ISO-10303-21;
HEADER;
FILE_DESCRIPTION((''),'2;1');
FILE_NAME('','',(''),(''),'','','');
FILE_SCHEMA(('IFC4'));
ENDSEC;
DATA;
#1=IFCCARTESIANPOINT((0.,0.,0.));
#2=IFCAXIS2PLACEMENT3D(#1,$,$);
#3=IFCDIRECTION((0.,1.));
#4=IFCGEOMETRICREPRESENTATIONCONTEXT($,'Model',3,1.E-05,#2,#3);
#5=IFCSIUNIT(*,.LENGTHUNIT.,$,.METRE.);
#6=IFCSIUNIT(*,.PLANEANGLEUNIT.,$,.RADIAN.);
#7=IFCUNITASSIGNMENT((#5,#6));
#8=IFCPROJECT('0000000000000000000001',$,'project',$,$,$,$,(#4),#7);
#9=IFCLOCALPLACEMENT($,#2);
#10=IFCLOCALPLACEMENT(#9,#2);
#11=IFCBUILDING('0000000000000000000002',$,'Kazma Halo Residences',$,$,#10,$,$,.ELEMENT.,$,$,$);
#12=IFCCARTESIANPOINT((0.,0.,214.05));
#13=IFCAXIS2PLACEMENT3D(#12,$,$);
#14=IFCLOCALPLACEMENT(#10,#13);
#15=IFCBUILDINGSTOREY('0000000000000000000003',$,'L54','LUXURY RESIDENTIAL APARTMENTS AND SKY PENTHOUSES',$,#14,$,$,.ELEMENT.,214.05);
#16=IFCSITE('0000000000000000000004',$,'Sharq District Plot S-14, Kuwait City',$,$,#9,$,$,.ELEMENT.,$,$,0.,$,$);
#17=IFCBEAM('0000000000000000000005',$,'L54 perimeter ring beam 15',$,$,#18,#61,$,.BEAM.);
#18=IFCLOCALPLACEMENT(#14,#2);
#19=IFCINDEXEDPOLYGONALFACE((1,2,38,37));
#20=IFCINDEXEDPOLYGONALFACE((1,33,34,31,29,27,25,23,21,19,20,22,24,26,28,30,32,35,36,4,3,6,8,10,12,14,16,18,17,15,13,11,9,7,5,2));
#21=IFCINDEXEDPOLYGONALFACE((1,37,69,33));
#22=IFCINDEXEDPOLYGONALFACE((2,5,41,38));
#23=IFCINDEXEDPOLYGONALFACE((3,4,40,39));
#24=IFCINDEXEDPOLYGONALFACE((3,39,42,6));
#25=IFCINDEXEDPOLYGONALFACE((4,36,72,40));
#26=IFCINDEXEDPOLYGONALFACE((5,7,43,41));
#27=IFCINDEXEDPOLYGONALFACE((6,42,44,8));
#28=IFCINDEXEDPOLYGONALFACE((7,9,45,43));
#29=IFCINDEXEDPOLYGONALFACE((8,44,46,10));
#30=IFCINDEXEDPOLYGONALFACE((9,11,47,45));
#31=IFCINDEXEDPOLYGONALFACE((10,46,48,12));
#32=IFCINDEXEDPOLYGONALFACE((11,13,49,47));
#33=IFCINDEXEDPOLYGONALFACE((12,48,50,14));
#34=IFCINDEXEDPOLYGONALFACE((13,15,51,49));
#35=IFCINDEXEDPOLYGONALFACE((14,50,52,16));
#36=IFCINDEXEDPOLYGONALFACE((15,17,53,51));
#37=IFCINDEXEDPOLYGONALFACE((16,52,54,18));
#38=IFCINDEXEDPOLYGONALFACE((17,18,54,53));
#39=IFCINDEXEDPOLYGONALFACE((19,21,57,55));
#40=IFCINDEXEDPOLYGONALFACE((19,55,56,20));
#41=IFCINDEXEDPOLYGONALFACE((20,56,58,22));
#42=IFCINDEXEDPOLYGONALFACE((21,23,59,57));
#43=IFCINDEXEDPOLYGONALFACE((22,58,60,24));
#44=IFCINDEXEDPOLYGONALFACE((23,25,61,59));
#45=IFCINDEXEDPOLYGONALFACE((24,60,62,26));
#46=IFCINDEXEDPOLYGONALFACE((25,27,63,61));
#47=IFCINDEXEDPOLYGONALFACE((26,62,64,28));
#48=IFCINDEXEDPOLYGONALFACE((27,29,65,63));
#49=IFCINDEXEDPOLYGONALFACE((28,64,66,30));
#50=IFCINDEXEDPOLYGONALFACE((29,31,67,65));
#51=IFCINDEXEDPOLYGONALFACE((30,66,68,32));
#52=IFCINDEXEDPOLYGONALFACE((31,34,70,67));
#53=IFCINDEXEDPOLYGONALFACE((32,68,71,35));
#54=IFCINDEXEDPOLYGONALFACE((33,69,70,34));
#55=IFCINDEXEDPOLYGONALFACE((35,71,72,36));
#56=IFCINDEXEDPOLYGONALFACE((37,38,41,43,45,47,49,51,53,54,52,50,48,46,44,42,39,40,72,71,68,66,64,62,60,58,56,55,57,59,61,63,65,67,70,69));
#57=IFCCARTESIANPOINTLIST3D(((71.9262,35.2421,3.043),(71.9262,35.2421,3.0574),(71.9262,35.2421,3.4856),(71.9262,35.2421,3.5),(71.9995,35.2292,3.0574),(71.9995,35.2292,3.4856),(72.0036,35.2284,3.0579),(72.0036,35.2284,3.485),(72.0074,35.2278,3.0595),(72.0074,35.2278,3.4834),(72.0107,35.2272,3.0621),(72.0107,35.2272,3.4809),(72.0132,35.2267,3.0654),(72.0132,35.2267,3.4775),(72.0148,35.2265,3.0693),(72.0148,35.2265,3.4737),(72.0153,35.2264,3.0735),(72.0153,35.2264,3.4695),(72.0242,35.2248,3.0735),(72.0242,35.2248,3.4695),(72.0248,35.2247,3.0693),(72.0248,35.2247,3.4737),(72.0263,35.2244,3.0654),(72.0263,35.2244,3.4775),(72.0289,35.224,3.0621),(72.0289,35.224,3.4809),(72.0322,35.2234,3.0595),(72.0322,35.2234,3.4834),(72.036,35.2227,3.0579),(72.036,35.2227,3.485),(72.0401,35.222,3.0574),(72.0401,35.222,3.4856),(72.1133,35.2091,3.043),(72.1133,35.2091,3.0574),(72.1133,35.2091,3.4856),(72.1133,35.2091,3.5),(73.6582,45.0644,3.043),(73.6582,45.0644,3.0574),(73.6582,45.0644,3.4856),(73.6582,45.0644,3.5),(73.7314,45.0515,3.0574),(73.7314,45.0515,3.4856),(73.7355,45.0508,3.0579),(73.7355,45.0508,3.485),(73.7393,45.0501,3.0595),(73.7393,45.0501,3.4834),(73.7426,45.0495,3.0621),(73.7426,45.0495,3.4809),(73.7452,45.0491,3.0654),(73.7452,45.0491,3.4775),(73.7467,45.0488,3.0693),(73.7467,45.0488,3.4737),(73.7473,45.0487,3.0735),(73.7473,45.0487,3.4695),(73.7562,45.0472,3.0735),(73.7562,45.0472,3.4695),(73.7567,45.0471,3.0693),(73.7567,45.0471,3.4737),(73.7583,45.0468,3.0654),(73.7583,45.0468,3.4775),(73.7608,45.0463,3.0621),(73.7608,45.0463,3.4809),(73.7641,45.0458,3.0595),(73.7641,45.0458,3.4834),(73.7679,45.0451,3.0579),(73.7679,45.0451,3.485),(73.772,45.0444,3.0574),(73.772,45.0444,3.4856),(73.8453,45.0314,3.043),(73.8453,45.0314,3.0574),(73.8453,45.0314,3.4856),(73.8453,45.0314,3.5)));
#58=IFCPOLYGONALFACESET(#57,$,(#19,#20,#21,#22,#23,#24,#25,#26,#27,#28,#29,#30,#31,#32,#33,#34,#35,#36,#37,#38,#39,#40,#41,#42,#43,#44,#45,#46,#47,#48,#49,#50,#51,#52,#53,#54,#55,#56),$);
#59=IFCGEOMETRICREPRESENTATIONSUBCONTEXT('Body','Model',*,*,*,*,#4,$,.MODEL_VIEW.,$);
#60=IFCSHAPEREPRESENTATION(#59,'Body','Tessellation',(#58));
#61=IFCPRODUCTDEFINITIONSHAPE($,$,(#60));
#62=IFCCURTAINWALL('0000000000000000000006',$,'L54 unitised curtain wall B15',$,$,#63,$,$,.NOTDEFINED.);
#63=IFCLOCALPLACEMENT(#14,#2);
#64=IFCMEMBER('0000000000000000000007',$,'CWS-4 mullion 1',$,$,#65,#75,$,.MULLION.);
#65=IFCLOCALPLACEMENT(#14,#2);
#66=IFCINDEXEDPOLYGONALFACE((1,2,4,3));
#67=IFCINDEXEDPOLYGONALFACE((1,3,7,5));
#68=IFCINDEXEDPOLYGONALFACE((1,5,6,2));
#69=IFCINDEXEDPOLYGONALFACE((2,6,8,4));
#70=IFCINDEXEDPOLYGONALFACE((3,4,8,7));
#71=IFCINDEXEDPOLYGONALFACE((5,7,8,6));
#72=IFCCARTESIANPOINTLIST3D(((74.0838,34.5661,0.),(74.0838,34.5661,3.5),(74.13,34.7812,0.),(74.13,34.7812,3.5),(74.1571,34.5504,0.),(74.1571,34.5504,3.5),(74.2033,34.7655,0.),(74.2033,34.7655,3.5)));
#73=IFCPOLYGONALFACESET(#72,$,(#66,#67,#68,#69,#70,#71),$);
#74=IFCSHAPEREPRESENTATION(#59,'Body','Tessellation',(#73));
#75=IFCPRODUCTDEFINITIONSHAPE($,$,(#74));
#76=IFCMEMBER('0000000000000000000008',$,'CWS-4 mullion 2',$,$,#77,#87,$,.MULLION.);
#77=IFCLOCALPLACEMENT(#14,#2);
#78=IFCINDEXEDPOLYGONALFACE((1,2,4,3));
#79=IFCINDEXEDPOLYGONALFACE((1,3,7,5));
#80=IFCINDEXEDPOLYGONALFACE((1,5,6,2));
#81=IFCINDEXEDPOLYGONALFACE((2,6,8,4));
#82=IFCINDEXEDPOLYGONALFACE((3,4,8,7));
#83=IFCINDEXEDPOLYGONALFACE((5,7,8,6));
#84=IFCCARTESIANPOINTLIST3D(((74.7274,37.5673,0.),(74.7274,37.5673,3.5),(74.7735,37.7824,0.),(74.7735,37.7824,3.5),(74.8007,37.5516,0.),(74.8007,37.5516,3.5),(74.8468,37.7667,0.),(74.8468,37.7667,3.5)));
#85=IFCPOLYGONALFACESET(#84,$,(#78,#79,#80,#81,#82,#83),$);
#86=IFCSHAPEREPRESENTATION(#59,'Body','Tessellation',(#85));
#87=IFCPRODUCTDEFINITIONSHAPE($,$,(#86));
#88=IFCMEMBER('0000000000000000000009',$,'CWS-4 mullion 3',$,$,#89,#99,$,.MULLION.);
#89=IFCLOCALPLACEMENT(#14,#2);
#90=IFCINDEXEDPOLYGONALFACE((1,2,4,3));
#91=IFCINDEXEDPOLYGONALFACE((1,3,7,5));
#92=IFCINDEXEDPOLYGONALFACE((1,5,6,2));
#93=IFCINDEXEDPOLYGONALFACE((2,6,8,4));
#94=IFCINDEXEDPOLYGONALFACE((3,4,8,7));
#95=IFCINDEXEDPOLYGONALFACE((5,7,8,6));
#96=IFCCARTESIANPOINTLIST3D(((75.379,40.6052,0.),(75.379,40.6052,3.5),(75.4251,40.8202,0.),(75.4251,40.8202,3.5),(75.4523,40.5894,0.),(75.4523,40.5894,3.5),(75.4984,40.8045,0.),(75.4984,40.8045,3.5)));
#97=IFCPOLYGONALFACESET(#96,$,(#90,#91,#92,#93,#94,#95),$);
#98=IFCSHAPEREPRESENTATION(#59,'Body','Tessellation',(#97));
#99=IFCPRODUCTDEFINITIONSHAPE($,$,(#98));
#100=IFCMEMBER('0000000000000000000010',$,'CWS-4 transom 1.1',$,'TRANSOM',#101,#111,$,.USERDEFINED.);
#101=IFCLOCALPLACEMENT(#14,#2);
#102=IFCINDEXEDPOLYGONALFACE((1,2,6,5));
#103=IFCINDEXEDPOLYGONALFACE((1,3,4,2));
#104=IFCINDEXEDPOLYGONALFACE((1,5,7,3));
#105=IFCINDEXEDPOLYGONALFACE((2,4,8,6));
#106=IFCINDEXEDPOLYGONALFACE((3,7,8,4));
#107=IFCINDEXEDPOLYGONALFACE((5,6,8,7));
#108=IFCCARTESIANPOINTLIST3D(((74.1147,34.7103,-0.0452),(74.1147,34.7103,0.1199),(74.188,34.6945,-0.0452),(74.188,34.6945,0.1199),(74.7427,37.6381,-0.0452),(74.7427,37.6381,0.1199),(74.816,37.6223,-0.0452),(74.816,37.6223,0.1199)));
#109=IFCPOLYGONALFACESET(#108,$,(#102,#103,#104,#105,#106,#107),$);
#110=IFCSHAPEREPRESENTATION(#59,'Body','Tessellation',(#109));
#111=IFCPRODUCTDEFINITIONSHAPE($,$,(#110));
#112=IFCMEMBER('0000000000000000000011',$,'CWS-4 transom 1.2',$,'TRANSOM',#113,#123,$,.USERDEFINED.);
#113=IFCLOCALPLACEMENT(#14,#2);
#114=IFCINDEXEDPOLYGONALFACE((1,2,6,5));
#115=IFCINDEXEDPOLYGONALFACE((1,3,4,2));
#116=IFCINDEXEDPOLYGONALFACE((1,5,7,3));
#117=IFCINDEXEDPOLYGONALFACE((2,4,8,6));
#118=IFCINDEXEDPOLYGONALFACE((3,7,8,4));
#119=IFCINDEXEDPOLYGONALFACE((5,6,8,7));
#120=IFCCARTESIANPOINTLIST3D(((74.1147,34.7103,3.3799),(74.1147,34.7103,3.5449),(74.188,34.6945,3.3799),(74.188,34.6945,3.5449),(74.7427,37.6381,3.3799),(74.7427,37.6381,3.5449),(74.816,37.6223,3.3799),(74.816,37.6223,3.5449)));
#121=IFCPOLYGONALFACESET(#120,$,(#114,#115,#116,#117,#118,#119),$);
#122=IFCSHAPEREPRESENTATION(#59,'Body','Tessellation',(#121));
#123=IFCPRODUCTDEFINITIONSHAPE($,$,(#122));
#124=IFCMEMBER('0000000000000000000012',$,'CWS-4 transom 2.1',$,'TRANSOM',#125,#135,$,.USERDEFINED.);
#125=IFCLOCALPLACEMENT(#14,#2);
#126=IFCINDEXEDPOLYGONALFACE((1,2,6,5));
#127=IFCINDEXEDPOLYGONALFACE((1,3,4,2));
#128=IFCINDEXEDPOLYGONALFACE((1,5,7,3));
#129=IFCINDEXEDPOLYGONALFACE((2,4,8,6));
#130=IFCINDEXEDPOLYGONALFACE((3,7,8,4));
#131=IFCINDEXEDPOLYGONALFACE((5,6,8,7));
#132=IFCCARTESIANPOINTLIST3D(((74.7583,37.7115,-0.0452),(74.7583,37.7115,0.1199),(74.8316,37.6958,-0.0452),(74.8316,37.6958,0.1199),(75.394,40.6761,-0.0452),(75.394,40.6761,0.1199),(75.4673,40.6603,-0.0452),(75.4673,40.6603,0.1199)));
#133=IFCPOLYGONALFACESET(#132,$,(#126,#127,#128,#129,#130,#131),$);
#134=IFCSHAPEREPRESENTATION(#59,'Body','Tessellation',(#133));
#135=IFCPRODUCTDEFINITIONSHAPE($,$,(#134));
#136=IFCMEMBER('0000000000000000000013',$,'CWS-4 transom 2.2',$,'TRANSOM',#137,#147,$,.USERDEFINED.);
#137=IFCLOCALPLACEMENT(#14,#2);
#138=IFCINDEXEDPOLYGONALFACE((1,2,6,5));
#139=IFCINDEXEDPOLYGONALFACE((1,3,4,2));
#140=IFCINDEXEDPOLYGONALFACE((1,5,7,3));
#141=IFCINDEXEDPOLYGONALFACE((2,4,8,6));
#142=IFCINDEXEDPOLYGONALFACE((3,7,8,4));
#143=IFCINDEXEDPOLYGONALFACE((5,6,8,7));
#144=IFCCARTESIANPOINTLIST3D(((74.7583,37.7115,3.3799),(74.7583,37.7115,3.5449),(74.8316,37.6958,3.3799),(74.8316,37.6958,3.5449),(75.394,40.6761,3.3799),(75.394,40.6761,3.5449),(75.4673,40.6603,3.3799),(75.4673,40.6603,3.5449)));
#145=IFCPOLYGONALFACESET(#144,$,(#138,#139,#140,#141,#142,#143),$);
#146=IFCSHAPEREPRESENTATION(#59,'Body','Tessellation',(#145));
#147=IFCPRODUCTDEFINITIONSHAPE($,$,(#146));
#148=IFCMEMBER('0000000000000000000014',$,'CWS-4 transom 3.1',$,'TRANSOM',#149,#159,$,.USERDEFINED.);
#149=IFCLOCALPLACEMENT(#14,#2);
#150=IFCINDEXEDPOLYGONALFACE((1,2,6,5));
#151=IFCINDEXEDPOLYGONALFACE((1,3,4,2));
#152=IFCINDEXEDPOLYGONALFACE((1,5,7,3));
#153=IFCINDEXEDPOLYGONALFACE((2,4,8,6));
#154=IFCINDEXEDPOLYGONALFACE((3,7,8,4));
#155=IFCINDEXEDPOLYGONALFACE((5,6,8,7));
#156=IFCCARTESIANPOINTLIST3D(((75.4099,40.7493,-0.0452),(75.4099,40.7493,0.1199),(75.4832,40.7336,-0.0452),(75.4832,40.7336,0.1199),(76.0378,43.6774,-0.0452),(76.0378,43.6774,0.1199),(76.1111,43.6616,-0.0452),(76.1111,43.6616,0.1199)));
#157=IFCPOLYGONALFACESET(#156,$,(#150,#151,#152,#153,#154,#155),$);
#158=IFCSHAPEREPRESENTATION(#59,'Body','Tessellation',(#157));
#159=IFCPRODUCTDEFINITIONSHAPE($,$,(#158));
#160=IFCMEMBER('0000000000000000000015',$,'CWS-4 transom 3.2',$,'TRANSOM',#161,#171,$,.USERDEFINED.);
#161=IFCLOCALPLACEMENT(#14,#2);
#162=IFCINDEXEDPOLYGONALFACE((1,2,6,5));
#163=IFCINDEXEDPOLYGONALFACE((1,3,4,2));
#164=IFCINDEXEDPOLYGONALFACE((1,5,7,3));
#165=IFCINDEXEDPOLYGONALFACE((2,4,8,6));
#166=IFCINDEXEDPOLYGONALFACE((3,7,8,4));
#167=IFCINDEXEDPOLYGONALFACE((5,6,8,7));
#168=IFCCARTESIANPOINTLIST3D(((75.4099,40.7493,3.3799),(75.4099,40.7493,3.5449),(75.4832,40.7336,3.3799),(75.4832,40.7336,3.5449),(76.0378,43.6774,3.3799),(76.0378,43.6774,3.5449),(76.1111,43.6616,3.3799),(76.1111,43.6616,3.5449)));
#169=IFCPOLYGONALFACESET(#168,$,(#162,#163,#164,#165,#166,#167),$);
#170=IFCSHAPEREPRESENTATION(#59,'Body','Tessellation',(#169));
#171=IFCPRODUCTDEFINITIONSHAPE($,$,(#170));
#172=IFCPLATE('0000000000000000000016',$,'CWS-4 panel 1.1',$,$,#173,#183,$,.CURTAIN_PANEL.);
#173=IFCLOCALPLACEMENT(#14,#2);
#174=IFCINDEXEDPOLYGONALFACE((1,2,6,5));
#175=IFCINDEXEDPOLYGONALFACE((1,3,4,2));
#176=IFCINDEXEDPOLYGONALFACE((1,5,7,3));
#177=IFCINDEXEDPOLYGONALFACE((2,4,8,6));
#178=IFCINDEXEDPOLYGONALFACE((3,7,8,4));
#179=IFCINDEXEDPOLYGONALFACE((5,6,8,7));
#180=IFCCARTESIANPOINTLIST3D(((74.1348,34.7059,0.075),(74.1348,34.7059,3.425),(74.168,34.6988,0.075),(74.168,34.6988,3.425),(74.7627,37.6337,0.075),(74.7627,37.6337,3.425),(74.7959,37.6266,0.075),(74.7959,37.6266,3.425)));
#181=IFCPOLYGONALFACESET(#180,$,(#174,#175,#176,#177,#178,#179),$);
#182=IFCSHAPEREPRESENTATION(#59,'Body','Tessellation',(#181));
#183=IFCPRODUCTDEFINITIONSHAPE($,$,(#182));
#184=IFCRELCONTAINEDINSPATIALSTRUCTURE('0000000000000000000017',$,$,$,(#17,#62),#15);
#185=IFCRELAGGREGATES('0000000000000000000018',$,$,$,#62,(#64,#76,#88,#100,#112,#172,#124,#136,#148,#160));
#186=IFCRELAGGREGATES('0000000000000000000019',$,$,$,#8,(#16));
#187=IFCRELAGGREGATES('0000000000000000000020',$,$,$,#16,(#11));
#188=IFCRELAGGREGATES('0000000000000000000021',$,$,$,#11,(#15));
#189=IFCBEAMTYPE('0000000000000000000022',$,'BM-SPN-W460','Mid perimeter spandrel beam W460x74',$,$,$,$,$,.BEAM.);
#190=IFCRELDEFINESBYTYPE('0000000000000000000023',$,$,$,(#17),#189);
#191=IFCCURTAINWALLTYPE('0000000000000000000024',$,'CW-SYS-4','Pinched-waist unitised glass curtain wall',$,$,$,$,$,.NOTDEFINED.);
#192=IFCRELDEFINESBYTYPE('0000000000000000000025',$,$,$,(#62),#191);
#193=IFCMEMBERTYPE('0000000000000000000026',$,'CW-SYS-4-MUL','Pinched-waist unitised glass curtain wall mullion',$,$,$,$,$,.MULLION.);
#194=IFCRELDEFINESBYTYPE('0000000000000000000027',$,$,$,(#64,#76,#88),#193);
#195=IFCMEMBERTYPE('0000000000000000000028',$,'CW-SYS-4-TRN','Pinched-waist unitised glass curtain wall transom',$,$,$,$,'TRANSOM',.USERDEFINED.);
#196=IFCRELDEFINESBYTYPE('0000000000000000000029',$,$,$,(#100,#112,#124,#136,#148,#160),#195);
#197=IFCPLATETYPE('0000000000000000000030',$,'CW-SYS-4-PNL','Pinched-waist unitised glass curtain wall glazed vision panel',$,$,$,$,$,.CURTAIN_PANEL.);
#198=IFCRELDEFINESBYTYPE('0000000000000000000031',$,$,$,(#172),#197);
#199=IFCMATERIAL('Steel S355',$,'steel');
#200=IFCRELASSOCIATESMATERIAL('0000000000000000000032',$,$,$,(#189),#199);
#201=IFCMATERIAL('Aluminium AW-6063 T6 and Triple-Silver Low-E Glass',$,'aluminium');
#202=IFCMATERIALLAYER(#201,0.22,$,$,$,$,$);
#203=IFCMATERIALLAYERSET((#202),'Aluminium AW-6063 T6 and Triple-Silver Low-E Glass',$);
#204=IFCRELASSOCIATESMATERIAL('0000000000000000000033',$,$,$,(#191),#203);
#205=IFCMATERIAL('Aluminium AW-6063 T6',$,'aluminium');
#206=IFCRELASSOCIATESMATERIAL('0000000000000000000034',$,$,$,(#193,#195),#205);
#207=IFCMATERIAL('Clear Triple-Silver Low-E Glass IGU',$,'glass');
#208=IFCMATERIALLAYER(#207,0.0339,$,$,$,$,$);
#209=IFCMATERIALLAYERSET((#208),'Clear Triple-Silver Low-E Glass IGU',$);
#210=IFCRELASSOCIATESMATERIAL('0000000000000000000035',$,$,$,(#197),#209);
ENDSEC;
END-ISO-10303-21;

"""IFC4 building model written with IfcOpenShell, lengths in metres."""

from ifc_helpers import new_model, si_unit, direction, frame, origin, origin_2d, place, context, subcontext, project, spatial, rectangle, i_section, extrude, material, layer, layer_set, material_profile, profile_set, type_object, element, aggregate, save


model = new_model("IFC4")

# Units and contexts
model_context = context("Model", 3, precision=1e-05, world=origin(), true_north=direction((0.0, 1.0)))
body_context = subcontext(model_context, "Body", "Model", "MODEL_VIEW")
ifc_project = project(units=[si_unit("LENGTHUNIT", "METRE"), si_unit("PLANEANGLEUNIT", "RADIAN")], contexts=[model_context])

# Site, building, storey
site_placement = place(None, origin())
site = spatial("IfcSite", under=ifc_project, at=site_placement, Name="Sharq District Plot S-14, Kuwait City", CompositionType="ELEMENT", RefElevation=0.0)
building_placement = place(site_placement, origin())
building = spatial("IfcBuilding", under=site, at=building_placement, Name="Kazma Halo Residences", CompositionType="ELEMENT")
storey_placement = place(building_placement, frame((0.0, 0.0, 214.05)))
storey = spatial("IfcBuildingStorey", under=building, at=storey_placement, Name="L54", Description="LUXURY RESIDENTIAL APARTMENTS AND SKY PENTHOUSES", CompositionType="ELEMENT", Elevation=214.05)

# Beam
ifc_material_1 = material(Name="Steel S355", Category="steel")
ifc_material_profile_1 = material_profile(ifc_material_1, i_section(OverallWidth=0.1899, OverallDepth=0.457, WebThickness=0.009, FlangeThickness=0.0144, FilletRadius=0.0161, at=origin_2d()), Name="W460x74")
ifc_profile_set_1 = profile_set([ifc_material_profile_1], Name="Steel S355")
beam_type_1 = type_object("IfcBeamType", Name="BM-SPN-W460", Description="Mid perimeter spandrel beam W460x74", PredefinedType="BEAM", material=ifc_profile_set_1)
beam_1_placement = place(storey_placement, frame((72.0198, 35.2256, 3.2715), z_axis=(0.173648, 0.984808, 0.0), x_axis=(-0.984808, 0.173648, 0.0)))
element("IfcBeam", 1, at=beam_1_placement, inside=storey, type_object=beam_type_1, Name="L54 perimeter ring beam 15", PredefinedType="BEAM", context=body_context, shape_type="SweptSolid", body=[
    extrude(i_section(OverallWidth=0.1899, OverallDepth=0.457, WebThickness=0.009, FlangeThickness=0.0144, FilletRadius=0.0161, at=origin_2d()), origin(), (0.0, 0.0, 1.0), 9.9739),
])

# Curtain wall, members, plate
ifc_material_2 = material(Name="Aluminium AW-6063 T6 and Triple-Silver Low-E Glass", Category="aluminium")
ifc_layer_1 = layer(ifc_material_2, 0.22)
ifc_layer_set_1 = layer_set([ifc_layer_1], Name="Aluminium AW-6063 T6 and Triple-Silver Low-E Glass")
curtain_wall_type = type_object("IfcCurtainWallType", Name="CW-SYS-4", Description="Pinched-waist unitised glass curtain wall", PredefinedType="NOTDEFINED", material=ifc_layer_set_1)
curtain_wall_placement = place(storey_placement, origin())
curtain_wall = element("IfcCurtainWall", 2, at=curtain_wall_placement, inside=storey, type_object=curtain_wall_type, Name="L54 unitised curtain wall B15", PredefinedType="NOTDEFINED")
ifc_material_3 = material(Name="Aluminium AW-6063 T6", Category="aluminium")
ifc_material_profile_2 = material_profile(ifc_material_3, rectangle(XDim=0.075, YDim=0.22, at=origin_2d()), Name="CWM-75x220")
ifc_profile_set_2 = profile_set([ifc_material_profile_2], Name="Aluminium AW-6063 T6")
member_type_1 = type_object("IfcMemberType", Name="CW-SYS-4-MUL", Description="Pinched-waist unitised glass curtain wall mullion", PredefinedType="MULLION", material=ifc_profile_set_2)
member_1_placement = place(storey_placement, frame((74.1436, 34.6658, 0.0), z_axis=(0.0, 0.0, 1.0), x_axis=(-0.977768, 0.20969, 0.0)))
member_1 = element("IfcMember", 3, at=member_1_placement, type_object=member_type_1, Name="CWS-4 mullion 1", PredefinedType="MULLION", context=body_context, shape_type="SweptSolid", body=[
    extrude(rectangle(XDim=0.075, YDim=0.22, at=origin_2d()), origin(), (0.0, 0.0, 1.0), 3.5),
])
member_2_placement = place(storey_placement, frame((74.7871, 37.667, 0.0), z_axis=(0.0, 0.0, 1.0), x_axis=(-0.977768, 0.20969, 0.0)))
member_2 = element("IfcMember", 4, at=member_2_placement, type_object=member_type_1, Name="CWS-4 mullion 2", PredefinedType="MULLION", context=body_context, shape_type="SweptSolid", body=[
    extrude(rectangle(XDim=0.075, YDim=0.22, at=origin_2d()), origin(), (0.0, 0.0, 1.0), 3.5),
])
member_3_placement = place(storey_placement, frame((75.4387, 40.7048, 0.0), z_axis=(0.0, 0.0, 1.0), x_axis=(-0.977768, 0.20969, 0.0)))
member_3 = element("IfcMember", 5, at=member_3_placement, type_object=member_type_1, Name="CWS-4 mullion 3", PredefinedType="MULLION", context=body_context, shape_type="SweptSolid", body=[
    extrude(rectangle(XDim=0.075, YDim=0.22, at=origin_2d()), origin(), (0.0, 0.0, 1.0), 3.5),
])
ifc_material_profile_3 = material_profile(ifc_material_3, rectangle(XDim=0.075, YDim=0.165, at=origin_2d()), Name="CWT-75x165")
ifc_profile_set_3 = profile_set([ifc_material_profile_3], Name="Aluminium AW-6063 T6")
member_type_2 = type_object("IfcMemberType", Name="CW-SYS-4-TRN", Description="Pinched-waist unitised glass curtain wall transom", ElementType="TRANSOM", PredefinedType="USERDEFINED", material=ifc_profile_set_3)
member_4_placement = place(storey_placement, frame((74.1514, 34.7024, 0.0374), z_axis=(0.209707, 0.977764, 0.0), x_axis=(-0.977764, 0.209707, 0.0)))
member_4 = element("IfcMember", 6, at=member_4_placement, type_object=member_type_2, Name="CWS-4 transom 1.1", ObjectType="TRANSOM", PredefinedType="USERDEFINED", context=body_context, shape_type="SweptSolid", body=[
    extrude(rectangle(XDim=0.075, YDim=0.165, at=origin_2d()), origin(), (0.0, 0.0, 1.0), 2.9944),
])
member_5_placement = place(storey_placement, frame((74.1514, 34.7024, 3.4624), z_axis=(0.209707, 0.977764, 0.0), x_axis=(-0.977764, 0.209707, 0.0)))
member_5 = element("IfcMember", 7, at=member_5_placement, type_object=member_type_2, Name="CWS-4 transom 1.2", ObjectType="TRANSOM", PredefinedType="USERDEFINED", context=body_context, shape_type="SweptSolid", body=[
    extrude(rectangle(XDim=0.075, YDim=0.165, at=origin_2d()), origin(), (0.0, 0.0, 1.0), 2.9944),
])
member_6_placement = place(storey_placement, frame((74.7949, 37.7036, 0.0374), z_axis=(0.209678, 0.977771, 0.0), x_axis=(-0.977771, 0.209678, 0.0)))
member_6 = element("IfcMember", 8, at=member_6_placement, type_object=member_type_2, Name="CWS-4 transom 2.1", ObjectType="TRANSOM", PredefinedType="USERDEFINED", context=body_context, shape_type="SweptSolid", body=[
    extrude(rectangle(XDim=0.075, YDim=0.165, at=origin_2d()), origin(), (0.0, 0.0, 1.0), 3.032),
])
member_7_placement = place(storey_placement, frame((74.7949, 37.7036, 3.4624), z_axis=(0.209678, 0.977771, 0.0), x_axis=(-0.977771, 0.209678, 0.0)))
member_7 = element("IfcMember", 9, at=member_7_placement, type_object=member_type_2, Name="CWS-4 transom 2.2", ObjectType="TRANSOM", PredefinedType="USERDEFINED", context=body_context, shape_type="SweptSolid", body=[
    extrude(rectangle(XDim=0.075, YDim=0.165, at=origin_2d()), origin(), (0.0, 0.0, 1.0), 3.032),
])
member_8_placement = place(storey_placement, frame((75.4465, 40.7415, 0.0374), z_axis=(0.209691, 0.977768, 0.0), x_axis=(-0.977768, 0.209691, 0.0)))
member_8 = element("IfcMember", 10, at=member_8_placement, type_object=member_type_2, Name="CWS-4 transom 3.1", ObjectType="TRANSOM", PredefinedType="USERDEFINED", context=body_context, shape_type="SweptSolid", body=[
    extrude(rectangle(XDim=0.075, YDim=0.165, at=origin_2d()), origin(), (0.0, 0.0, 1.0), 2.9946),
])
member_9_placement = place(storey_placement, frame((75.4465, 40.7415, 3.4624), z_axis=(0.209691, 0.977768, 0.0), x_axis=(-0.977768, 0.209691, 0.0)))
member_9 = element("IfcMember", 11, at=member_9_placement, type_object=member_type_2, Name="CWS-4 transom 3.2", ObjectType="TRANSOM", PredefinedType="USERDEFINED", context=body_context, shape_type="SweptSolid", body=[
    extrude(rectangle(XDim=0.075, YDim=0.165, at=origin_2d()), origin(), (0.0, 0.0, 1.0), 2.9946),
])
ifc_material_4 = material(Name="Clear Triple-Silver Low-E Glass IGU", Category="glass")
ifc_layer_2 = layer(ifc_material_4, 0.0339)
ifc_layer_set_2 = layer_set([ifc_layer_2], Name="Clear Triple-Silver Low-E Glass IGU")
plate_type = type_object("IfcPlateType", Name="CW-SYS-4-PNL", Description="Pinched-waist unitised glass curtain wall glazed vision panel", PredefinedType="CURTAIN_PANEL", material=ifc_layer_set_2)
plate_1_placement = place(storey_placement, frame((74.4653, 36.1663, 0.075), z_axis=(0.0, 0.0, 1.0), x_axis=(0.20969, 0.977768, 0.0)))
plate_1 = element("IfcPlate", 12, at=plate_1_placement, type_object=plate_type, Name="CWS-4 panel 1.1", PredefinedType="CURTAIN_PANEL", context=body_context, shape_type="SweptSolid", body=[
    extrude(rectangle(XDim=2.9944, YDim=0.0339, at=origin_2d()), origin(), (0.0, 0.0, 1.0), 3.3501),
])
aggregate(curtain_wall, [member_1, member_2, member_3, member_4, member_5, plate_1, member_6, member_7, member_8, member_9])

save(model, "model.ifc")
